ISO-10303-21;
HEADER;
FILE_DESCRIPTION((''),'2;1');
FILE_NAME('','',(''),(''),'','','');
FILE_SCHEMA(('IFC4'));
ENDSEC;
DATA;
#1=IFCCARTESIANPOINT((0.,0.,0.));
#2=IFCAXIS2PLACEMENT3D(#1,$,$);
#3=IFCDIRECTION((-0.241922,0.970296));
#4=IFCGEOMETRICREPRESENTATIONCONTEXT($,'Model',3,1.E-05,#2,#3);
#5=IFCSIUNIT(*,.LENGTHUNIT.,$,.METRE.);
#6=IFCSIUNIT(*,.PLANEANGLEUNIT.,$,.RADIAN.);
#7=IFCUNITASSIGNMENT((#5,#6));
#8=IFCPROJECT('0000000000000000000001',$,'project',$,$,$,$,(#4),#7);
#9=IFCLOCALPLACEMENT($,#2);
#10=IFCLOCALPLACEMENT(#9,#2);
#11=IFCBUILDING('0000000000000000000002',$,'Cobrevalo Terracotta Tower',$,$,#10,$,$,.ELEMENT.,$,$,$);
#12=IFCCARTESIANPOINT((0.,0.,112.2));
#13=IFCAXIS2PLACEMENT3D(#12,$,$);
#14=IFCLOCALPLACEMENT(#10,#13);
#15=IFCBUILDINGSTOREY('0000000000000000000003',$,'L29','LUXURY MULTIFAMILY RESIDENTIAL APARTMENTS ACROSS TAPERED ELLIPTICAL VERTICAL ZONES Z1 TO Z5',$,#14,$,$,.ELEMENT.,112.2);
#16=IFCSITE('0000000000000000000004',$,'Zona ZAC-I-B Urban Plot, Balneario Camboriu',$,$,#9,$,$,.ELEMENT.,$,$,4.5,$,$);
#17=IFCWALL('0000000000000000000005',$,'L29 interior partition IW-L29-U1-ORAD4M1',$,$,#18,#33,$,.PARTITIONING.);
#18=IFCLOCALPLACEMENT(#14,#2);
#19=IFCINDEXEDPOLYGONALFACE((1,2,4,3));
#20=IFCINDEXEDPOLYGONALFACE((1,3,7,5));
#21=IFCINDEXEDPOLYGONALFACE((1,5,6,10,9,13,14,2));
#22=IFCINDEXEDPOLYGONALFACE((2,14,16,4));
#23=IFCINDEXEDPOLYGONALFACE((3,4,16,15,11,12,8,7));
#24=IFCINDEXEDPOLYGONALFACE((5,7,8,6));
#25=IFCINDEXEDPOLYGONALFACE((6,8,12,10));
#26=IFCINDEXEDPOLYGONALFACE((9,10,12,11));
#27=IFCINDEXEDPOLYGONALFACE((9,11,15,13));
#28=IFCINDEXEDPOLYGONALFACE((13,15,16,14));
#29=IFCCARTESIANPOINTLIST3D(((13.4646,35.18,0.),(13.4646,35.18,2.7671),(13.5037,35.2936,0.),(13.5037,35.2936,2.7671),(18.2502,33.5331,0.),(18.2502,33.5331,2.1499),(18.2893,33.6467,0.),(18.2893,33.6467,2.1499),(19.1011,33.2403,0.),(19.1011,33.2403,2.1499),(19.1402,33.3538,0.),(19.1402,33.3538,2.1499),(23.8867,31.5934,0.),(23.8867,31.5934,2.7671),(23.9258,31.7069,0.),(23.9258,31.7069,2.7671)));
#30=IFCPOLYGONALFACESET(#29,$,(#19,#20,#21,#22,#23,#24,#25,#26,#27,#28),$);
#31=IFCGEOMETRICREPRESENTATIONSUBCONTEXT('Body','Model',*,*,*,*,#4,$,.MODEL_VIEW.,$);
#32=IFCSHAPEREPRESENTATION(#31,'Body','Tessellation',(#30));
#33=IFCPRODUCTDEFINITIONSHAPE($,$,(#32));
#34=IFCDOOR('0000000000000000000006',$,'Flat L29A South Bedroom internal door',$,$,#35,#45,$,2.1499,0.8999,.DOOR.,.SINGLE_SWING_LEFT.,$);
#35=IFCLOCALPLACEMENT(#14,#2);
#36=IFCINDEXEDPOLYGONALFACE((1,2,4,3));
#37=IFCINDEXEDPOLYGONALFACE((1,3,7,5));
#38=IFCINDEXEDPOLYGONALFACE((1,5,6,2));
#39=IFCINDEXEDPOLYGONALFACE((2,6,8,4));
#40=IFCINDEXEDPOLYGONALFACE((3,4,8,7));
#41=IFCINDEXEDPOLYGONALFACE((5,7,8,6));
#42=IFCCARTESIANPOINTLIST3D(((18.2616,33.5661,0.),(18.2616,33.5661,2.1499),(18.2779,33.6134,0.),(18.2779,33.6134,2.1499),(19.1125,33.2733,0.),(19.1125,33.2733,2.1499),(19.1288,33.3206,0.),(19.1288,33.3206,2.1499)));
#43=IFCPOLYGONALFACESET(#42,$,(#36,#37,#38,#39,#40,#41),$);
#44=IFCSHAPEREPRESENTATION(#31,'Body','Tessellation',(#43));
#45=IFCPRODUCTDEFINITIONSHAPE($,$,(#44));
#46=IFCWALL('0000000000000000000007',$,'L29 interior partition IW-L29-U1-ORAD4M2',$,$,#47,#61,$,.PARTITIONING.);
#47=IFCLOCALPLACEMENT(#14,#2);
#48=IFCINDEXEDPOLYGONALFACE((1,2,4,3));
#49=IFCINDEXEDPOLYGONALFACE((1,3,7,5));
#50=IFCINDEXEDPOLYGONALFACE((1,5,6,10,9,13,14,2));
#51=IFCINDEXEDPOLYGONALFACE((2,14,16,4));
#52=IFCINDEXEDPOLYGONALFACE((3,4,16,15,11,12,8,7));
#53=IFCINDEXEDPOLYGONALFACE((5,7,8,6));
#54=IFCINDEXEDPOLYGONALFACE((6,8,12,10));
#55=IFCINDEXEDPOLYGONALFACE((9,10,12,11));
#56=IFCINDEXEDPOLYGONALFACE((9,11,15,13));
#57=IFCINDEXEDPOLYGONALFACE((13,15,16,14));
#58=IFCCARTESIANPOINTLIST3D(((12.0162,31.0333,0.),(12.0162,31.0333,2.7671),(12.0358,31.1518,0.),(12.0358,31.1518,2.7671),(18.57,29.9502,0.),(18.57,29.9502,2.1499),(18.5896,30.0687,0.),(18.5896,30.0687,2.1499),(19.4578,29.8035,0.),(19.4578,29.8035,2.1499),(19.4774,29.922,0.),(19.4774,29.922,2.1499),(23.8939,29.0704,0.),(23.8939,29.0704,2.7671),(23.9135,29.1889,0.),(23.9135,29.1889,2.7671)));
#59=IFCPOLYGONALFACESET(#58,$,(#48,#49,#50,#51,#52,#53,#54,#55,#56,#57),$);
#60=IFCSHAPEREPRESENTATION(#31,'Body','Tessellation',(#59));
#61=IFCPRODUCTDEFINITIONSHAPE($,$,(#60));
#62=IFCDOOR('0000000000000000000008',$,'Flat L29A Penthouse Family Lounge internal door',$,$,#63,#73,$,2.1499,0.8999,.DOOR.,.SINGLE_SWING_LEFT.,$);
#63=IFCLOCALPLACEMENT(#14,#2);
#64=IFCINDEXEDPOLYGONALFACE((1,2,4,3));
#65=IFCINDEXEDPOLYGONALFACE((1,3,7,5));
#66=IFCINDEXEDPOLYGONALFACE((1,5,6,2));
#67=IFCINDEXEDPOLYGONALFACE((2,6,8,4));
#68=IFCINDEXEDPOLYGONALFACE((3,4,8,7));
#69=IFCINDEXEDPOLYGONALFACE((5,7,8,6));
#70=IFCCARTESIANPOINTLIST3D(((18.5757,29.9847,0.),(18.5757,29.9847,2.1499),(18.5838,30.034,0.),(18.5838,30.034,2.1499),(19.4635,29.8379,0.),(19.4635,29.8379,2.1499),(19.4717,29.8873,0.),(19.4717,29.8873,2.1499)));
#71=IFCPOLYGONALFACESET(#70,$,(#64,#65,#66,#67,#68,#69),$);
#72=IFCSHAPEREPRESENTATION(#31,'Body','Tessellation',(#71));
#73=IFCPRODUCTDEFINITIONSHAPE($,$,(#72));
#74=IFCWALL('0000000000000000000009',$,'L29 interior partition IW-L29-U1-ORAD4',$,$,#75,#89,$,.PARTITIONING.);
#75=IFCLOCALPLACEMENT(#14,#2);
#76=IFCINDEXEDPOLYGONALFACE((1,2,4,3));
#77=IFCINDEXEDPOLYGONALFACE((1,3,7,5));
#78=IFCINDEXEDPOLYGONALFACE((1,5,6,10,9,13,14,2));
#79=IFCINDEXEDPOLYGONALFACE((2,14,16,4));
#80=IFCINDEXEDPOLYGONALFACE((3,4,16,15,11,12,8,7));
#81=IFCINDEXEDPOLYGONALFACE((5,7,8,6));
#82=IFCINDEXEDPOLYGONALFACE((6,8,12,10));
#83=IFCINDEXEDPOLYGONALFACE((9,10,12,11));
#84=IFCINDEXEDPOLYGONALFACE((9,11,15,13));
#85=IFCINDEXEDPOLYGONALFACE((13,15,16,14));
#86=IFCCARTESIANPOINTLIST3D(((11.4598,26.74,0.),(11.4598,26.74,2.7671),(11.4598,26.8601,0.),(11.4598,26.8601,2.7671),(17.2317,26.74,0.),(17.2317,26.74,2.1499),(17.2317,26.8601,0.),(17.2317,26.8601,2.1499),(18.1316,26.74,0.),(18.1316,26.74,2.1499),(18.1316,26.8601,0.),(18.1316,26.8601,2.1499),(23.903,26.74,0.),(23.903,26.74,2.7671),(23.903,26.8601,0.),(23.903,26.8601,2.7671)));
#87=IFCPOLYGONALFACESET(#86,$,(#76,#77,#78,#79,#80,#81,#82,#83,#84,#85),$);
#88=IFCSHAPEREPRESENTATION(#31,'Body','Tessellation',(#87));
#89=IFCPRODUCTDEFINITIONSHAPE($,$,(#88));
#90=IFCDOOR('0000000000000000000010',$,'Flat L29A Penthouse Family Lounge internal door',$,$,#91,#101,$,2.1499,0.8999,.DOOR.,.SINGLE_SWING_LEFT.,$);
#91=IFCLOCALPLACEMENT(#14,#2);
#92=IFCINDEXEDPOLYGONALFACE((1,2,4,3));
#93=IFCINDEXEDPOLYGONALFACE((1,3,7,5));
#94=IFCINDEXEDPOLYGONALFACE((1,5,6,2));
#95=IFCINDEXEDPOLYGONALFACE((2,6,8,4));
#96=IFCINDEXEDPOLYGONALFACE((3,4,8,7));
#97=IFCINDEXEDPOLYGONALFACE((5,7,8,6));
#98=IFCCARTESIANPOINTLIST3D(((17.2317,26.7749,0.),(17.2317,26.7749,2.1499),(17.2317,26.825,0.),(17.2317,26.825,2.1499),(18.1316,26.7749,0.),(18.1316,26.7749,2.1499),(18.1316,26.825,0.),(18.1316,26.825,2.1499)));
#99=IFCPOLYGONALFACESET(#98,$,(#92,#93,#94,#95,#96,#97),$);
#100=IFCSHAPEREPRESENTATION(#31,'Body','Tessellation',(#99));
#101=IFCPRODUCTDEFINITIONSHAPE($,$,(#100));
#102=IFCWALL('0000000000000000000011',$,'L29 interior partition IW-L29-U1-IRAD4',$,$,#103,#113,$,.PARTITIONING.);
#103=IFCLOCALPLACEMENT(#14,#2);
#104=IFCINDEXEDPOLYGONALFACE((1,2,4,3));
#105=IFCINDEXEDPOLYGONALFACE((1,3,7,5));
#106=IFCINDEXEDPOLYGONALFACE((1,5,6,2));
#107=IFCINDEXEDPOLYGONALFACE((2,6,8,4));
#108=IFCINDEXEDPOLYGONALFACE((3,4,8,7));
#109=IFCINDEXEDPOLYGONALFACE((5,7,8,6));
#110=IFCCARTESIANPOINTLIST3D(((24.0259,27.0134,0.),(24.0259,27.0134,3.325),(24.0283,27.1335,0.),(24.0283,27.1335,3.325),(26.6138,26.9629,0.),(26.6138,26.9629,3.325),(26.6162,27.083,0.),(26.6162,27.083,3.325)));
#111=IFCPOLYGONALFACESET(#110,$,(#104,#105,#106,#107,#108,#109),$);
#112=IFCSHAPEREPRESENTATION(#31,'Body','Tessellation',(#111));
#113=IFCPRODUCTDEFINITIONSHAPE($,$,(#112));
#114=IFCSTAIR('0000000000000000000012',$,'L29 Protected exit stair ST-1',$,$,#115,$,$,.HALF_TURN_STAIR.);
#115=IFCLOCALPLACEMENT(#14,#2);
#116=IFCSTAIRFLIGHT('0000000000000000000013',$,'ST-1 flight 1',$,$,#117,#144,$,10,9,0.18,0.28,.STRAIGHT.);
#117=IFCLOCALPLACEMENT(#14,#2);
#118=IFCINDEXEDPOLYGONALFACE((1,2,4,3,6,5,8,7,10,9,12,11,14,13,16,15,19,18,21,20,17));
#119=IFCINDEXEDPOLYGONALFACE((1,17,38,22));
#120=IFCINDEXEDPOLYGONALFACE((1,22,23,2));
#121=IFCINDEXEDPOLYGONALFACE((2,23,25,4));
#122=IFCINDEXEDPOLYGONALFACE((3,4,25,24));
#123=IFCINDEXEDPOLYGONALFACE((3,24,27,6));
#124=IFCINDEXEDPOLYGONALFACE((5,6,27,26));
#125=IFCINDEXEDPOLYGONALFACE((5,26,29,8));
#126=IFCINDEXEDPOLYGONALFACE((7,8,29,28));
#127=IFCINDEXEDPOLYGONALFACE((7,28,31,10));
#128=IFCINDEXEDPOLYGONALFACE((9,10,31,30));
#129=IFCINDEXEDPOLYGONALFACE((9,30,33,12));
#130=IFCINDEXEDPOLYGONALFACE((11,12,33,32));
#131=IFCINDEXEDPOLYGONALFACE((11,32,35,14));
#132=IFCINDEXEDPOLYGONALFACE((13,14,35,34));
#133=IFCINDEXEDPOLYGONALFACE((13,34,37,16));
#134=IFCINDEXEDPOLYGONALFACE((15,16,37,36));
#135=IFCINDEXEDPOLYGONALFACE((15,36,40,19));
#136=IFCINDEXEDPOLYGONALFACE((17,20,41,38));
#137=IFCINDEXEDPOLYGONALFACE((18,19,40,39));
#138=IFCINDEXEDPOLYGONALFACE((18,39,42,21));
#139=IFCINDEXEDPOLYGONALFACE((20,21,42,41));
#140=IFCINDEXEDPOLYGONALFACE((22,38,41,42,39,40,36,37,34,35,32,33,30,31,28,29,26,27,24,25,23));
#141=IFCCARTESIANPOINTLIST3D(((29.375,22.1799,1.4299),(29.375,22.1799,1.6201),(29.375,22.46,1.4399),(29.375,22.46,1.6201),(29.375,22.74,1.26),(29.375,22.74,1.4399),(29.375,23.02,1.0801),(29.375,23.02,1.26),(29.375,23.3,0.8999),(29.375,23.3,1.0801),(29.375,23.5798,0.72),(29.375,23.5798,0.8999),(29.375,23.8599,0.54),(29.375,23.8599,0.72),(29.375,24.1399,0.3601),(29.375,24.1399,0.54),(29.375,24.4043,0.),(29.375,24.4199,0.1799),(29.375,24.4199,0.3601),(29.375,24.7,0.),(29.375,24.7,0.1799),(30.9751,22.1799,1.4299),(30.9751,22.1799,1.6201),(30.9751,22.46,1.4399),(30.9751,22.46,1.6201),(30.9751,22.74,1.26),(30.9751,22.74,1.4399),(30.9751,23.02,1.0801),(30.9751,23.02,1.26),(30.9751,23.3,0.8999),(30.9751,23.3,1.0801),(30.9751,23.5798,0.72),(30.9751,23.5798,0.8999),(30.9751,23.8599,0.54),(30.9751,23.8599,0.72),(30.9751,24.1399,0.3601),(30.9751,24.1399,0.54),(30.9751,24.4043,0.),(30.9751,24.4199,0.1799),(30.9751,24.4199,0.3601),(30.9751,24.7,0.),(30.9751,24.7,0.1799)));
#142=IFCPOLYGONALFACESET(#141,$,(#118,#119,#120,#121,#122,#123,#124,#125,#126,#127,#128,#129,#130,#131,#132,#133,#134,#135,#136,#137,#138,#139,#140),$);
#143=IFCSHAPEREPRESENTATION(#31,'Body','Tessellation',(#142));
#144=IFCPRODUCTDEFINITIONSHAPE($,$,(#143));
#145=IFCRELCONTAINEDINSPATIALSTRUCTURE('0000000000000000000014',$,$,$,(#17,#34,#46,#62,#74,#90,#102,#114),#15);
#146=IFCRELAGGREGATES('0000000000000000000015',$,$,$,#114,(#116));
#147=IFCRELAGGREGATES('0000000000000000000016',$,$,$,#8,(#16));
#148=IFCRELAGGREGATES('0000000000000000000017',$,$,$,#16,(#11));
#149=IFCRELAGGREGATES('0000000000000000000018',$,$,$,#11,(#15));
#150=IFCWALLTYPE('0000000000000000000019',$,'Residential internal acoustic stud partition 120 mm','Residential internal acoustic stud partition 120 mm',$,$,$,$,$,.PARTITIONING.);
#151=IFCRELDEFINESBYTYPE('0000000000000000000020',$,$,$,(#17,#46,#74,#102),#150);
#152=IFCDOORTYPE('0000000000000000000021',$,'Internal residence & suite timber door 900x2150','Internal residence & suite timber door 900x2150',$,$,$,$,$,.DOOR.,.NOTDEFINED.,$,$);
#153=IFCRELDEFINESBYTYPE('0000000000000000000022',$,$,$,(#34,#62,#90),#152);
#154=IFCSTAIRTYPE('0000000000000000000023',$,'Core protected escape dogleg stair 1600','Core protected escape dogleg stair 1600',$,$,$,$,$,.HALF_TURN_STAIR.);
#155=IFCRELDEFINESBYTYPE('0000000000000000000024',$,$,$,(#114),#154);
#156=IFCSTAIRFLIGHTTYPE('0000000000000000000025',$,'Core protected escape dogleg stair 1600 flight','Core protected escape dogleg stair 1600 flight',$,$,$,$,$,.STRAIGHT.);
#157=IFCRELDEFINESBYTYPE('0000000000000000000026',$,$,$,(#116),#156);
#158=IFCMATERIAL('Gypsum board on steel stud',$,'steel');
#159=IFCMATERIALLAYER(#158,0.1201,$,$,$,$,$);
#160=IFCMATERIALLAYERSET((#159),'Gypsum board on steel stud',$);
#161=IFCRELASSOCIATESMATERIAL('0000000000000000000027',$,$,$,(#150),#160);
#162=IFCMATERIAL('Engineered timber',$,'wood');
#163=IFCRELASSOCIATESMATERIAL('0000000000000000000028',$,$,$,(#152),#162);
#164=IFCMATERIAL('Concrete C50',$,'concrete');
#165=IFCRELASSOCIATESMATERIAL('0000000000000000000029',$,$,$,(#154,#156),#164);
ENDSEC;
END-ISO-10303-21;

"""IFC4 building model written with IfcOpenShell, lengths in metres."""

from ifc_helpers import new_model, si_unit, direction, frame, frame_2d, origin, place, context, subcontext, project, spatial, polyline, rectangle, outline, extrude, source, transform, mapped, material, layer, layer_set, type_object, element, fill, aggregate, save


model = new_model("IFC4")

# Units and contexts
model_context = context("Model", 3, precision=1e-05, world=origin(), true_north=direction((-0.241922, 0.970296)))
body_context = subcontext(model_context, "Body", "Model", "MODEL_VIEW")
ifc_project = project(units=[si_unit("LENGTHUNIT", "METRE"), si_unit("PLANEANGLEUNIT", "RADIAN")], contexts=[model_context])

# Site, building, storey
site_placement = place(None, origin())
site = spatial("IfcSite", under=ifc_project, at=site_placement, Name="Zona ZAC-I-B Urban Plot, Balneario Camboriu", CompositionType="ELEMENT", RefElevation=4.5)
building_placement = place(site_placement, origin())
building = spatial("IfcBuilding", under=site, at=building_placement, Name="Cobrevalo Terracotta Tower", CompositionType="ELEMENT")
storey_placement = place(building_placement, frame((0.0, 0.0, 112.2)))
storey = spatial("IfcBuildingStorey", under=building, at=storey_placement, Name="L29", Description="LUXURY MULTIFAMILY RESIDENTIAL APARTMENTS ACROSS TAPERED ELLIPTICAL VERTICAL ZONES Z1 TO Z5", CompositionType="ELEMENT", Elevation=112.2)

# Shared definitions
ifc_material_1 = material(Name="Gypsum board on steel stud", Category="steel")

# Walls, openings, doors
ifc_layer_1 = layer(ifc_material_1, 0.1201)
ifc_layer_set_1 = layer_set([ifc_layer_1], Name="Gypsum board on steel stud")
wall_type_1 = type_object("IfcWallType", Name="Residential internal acoustic stud partition 120 mm", Description="Residential internal acoustic stud partition 120 mm", PredefinedType="PARTITIONING", material=ifc_layer_set_1)
wall_1_placement = place(storey_placement, frame((23.9062, 31.6501, 0.0), z_axis=(0.0, 0.0, 1.0), x_axis=(-0.945573, 0.32541, 0.0)))
wall_1 = element("IfcWall", 1, at=wall_1_placement, inside=storey, type_object=wall_type_1, Name="L29 interior partition IW-L29-U1-ORAD4M1", PredefinedType="PARTITIONING", context=body_context, shape_type="SweptSolid", body=[
    extrude(rectangle(XDim=11.022, YDim=0.1201, at=frame_2d((5.511, 0.0))), origin(), (0.0, 0.0, 1.0), 2.7671),
])
opening_1_placement = place(wall_1_placement, frame((5.061, 0.0, 0.0)))
opening_1 = element("IfcOpeningElement", 2, at=opening_1_placement, cuts=wall_1, PredefinedType="OPENING", context=body_context, shape_type="SweptSolid", body=[
    extrude(rectangle(XDim=0.8999, YDim=2.1499, at=frame_2d((0.45, 1.075))), frame((0.0, 0.0701, 0.0), z_axis=(0.0, -1.0, 0.0), x_axis=(1.0, 0.0, 0.0)), (0.0, 0.0, 1.0), 0.1401),
])
ifc_material_2 = material(Name="Engineered timber", Category="wood")
door_type_1 = type_object("IfcDoorType", Name="Internal residence & suite timber door 900x2150", Description="Internal residence & suite timber door 900x2150", OperationType="NOTDEFINED", PredefinedType="DOOR", material=ifc_material_2)
shared_shape_1 = source(origin(), body_context, "Body", "SweptSolid", [
    extrude(rectangle(XDim=0.8999, YDim=2.1499, at=frame_2d((0.45, 1.075))), frame((0.0, 0.0249, 0.0), z_axis=(0.0, -1.0, 0.0), x_axis=(1.0, 0.0, 0.0)), (0.0, 0.0, 1.0), 0.05),
])
door_1_placement = place(opening_1_placement, frame((0.8999, 0.0, 0.0), z_axis=(0.0, 0.0, 1.0), x_axis=(-1.0, 0.0, 0.0)))
door_1 = element("IfcDoor", 3, at=door_1_placement, inside=storey, type_object=door_type_1, Name="Flat L29A South Bedroom internal door", OperationType="SINGLE_SWING_LEFT", OverallHeight=2.1499, OverallWidth=0.8999, PredefinedType="DOOR", context=body_context, shape_type="MappedRepresentation", body=[
    mapped(shared_shape_1, transform((0.0, 0.0, 0.0), scale=1.0)),
])
fill(opening_1, door_1)
wall_2_placement = place(storey_placement, frame((23.9038, 29.1296, 0.0), z_axis=(0.0, 0.0, 1.0), x_axis=(-0.986618, 0.163047, 0.0)))
wall_2 = element("IfcWall", 4, at=wall_2_placement, inside=storey, type_object=wall_type_1, Name="L29 interior partition IW-L29-U1-ORAD4M2", PredefinedType="PARTITIONING", context=body_context, shape_type="SweptSolid", body=[
    extrude(rectangle(XDim=12.0388, YDim=0.1201, at=frame_2d((6.0195, 0.0))), origin(), (0.0, 0.0, 1.0), 2.7671),
])
opening_2_placement = place(wall_2_placement, frame((4.4963, 0.0, 0.0)))
opening_2 = element("IfcOpeningElement", 5, at=opening_2_placement, cuts=wall_2, PredefinedType="OPENING", context=body_context, shape_type="SweptSolid", body=[
    extrude(rectangle(XDim=0.8999, YDim=2.1499, at=frame_2d((0.45, 1.075))), frame((0.0, 0.0701, 0.0), z_axis=(0.0, -1.0, 0.0), x_axis=(1.0, 0.0, 0.0)), (0.0, 0.0, 1.0), 0.1401),
])
door_2_placement = place(opening_2_placement, frame((0.8999, 0.0, 0.0), z_axis=(0.0, 0.0, 1.0), x_axis=(-1.0, 0.0, 0.0)))
door_2 = element("IfcDoor", 6, at=door_2_placement, inside=storey, type_object=door_type_1, Name="Flat L29A Penthouse Family Lounge internal door", OperationType="SINGLE_SWING_LEFT", OverallHeight=2.1499, OverallWidth=0.8999, PredefinedType="DOOR", context=body_context, shape_type="MappedRepresentation", body=[
    mapped(shared_shape_1, transform((0.0, 0.0, 0.0), scale=1.0)),
])
fill(opening_2, door_2)
wall_3_placement = place(storey_placement, frame((23.9031, 26.8, 0.0), z_axis=(0.0, 0.0, 1.0), x_axis=(-1.0, 0.0, 0.0)))
wall_3 = element("IfcWall", 7, at=wall_3_placement, inside=storey, type_object=wall_type_1, Name="L29 interior partition IW-L29-U1-ORAD4", PredefinedType="PARTITIONING", context=body_context, shape_type="SweptSolid", body=[
    extrude(rectangle(XDim=12.4431, YDim=0.1201, at=frame_2d((6.2217, 0.0))), origin(), (0.0, 0.0, 1.0), 2.7671),
])
opening_3_placement = place(wall_3_placement, frame((5.7715, 0.0, 0.0)))
opening_3 = element("IfcOpeningElement", 8, at=opening_3_placement, cuts=wall_3, PredefinedType="OPENING", context=body_context, shape_type="SweptSolid", body=[
    extrude(rectangle(XDim=0.8999, YDim=2.1499, at=frame_2d((0.45, 1.075))), frame((0.0, 0.0701, 0.0), z_axis=(0.0, -1.0, 0.0), x_axis=(1.0, 0.0, 0.0)), (0.0, 0.0, 1.0), 0.1401),
])
door_3_placement = place(opening_3_placement, frame((0.8999, 0.0, 0.0), z_axis=(0.0, 0.0, 1.0), x_axis=(-1.0, 0.0, 0.0)))
door_3 = element("IfcDoor", 9, at=door_3_placement, inside=storey, type_object=door_type_1, Name="Flat L29A Penthouse Family Lounge internal door", OperationType="SINGLE_SWING_LEFT", OverallHeight=2.1499, OverallWidth=0.8999, PredefinedType="DOOR", context=body_context, shape_type="MappedRepresentation", body=[
    mapped(shared_shape_1, transform((0.0, 0.0, 0.0), scale=1.0)),
])
fill(opening_3, door_3)

# Wall
wall_4_placement = place(storey_placement, frame((26.615, 27.0229, 0.0), z_axis=(0.0, 0.0, 1.0), x_axis=(-0.999809, 0.019525, 0.0)))
element("IfcWall", 10, at=wall_4_placement, inside=storey, type_object=wall_type_1, Name="L29 interior partition IW-L29-U1-IRAD4", PredefinedType="PARTITIONING", context=body_context, shape_type="SweptSolid", body=[
    extrude(rectangle(XDim=2.5884, YDim=0.1201, at=frame_2d((1.2942, 0.0))), origin(), (0.0, 0.0, 1.0), 3.325),
])

# Shared definitions
ifc_material_3 = material(Name="Concrete C50", Category="concrete")

# Stair, stair flight
stair_type = type_object("IfcStairType", Name="Core protected escape dogleg stair 1600", Description="Core protected escape dogleg stair 1600", PredefinedType="HALF_TURN_STAIR", material=ifc_material_3)
stair_placement = place(storey_placement, origin())
stair = element("IfcStair", 11, at=stair_placement, inside=storey, type_object=stair_type, Name="L29 Protected exit stair ST-1", PredefinedType="HALF_TURN_STAIR")
stair_flight_type = type_object("IfcStairFlightType", Name="Core protected escape dogleg stair 1600 flight", Description="Core protected escape dogleg stair 1600 flight", PredefinedType="STRAIGHT", material=ifc_material_3)
stair_flight_placement = place(storey_placement, frame((30.175, 24.7, 0.0), z_axis=(0.0, 0.0, 1.0), x_axis=(0.0, -1.0, 0.0)))
stair_flight = element("IfcStairFlight", 12, at=stair_flight_placement, type_object=stair_flight_type, Name="ST-1 flight 1", NumberOfRisers=10, NumberOfTreads=9, PredefinedType="STRAIGHT", RiserHeight=0.18, TreadLength=0.28, context=body_context, shape_type="SweptSolid", body=[
    extrude(outline(polyline([(0.0, 0.0), (0.0, 0.1799), (0.28, 0.1799), (0.28, 0.3601), (0.5601, 0.3601), (0.5601, 0.54), (0.8401, 0.54), (0.8401, 0.72), (1.1201, 0.72), (1.1201, 0.8999), (1.3999, 0.8999), (1.3999, 1.0801), (1.6799, 1.0801), (1.6799, 1.26), (1.96, 1.26), (1.96, 1.4399), (2.24, 1.4399), (2.24, 1.6201), (2.52, 1.6201), (2.52, 1.8), (2.52, 1.4299), (0.2957, 0.0), (0.0, 0.0)])), frame((0.0, 0.8, 0.0), z_axis=(0.0, -1.0, 0.0), x_axis=(1.0, 0.0, 0.0)), (0.0, 0.0, 1.0), 1.6001),
])
aggregate(stair, [stair_flight])

save(model, "model.ifc")
